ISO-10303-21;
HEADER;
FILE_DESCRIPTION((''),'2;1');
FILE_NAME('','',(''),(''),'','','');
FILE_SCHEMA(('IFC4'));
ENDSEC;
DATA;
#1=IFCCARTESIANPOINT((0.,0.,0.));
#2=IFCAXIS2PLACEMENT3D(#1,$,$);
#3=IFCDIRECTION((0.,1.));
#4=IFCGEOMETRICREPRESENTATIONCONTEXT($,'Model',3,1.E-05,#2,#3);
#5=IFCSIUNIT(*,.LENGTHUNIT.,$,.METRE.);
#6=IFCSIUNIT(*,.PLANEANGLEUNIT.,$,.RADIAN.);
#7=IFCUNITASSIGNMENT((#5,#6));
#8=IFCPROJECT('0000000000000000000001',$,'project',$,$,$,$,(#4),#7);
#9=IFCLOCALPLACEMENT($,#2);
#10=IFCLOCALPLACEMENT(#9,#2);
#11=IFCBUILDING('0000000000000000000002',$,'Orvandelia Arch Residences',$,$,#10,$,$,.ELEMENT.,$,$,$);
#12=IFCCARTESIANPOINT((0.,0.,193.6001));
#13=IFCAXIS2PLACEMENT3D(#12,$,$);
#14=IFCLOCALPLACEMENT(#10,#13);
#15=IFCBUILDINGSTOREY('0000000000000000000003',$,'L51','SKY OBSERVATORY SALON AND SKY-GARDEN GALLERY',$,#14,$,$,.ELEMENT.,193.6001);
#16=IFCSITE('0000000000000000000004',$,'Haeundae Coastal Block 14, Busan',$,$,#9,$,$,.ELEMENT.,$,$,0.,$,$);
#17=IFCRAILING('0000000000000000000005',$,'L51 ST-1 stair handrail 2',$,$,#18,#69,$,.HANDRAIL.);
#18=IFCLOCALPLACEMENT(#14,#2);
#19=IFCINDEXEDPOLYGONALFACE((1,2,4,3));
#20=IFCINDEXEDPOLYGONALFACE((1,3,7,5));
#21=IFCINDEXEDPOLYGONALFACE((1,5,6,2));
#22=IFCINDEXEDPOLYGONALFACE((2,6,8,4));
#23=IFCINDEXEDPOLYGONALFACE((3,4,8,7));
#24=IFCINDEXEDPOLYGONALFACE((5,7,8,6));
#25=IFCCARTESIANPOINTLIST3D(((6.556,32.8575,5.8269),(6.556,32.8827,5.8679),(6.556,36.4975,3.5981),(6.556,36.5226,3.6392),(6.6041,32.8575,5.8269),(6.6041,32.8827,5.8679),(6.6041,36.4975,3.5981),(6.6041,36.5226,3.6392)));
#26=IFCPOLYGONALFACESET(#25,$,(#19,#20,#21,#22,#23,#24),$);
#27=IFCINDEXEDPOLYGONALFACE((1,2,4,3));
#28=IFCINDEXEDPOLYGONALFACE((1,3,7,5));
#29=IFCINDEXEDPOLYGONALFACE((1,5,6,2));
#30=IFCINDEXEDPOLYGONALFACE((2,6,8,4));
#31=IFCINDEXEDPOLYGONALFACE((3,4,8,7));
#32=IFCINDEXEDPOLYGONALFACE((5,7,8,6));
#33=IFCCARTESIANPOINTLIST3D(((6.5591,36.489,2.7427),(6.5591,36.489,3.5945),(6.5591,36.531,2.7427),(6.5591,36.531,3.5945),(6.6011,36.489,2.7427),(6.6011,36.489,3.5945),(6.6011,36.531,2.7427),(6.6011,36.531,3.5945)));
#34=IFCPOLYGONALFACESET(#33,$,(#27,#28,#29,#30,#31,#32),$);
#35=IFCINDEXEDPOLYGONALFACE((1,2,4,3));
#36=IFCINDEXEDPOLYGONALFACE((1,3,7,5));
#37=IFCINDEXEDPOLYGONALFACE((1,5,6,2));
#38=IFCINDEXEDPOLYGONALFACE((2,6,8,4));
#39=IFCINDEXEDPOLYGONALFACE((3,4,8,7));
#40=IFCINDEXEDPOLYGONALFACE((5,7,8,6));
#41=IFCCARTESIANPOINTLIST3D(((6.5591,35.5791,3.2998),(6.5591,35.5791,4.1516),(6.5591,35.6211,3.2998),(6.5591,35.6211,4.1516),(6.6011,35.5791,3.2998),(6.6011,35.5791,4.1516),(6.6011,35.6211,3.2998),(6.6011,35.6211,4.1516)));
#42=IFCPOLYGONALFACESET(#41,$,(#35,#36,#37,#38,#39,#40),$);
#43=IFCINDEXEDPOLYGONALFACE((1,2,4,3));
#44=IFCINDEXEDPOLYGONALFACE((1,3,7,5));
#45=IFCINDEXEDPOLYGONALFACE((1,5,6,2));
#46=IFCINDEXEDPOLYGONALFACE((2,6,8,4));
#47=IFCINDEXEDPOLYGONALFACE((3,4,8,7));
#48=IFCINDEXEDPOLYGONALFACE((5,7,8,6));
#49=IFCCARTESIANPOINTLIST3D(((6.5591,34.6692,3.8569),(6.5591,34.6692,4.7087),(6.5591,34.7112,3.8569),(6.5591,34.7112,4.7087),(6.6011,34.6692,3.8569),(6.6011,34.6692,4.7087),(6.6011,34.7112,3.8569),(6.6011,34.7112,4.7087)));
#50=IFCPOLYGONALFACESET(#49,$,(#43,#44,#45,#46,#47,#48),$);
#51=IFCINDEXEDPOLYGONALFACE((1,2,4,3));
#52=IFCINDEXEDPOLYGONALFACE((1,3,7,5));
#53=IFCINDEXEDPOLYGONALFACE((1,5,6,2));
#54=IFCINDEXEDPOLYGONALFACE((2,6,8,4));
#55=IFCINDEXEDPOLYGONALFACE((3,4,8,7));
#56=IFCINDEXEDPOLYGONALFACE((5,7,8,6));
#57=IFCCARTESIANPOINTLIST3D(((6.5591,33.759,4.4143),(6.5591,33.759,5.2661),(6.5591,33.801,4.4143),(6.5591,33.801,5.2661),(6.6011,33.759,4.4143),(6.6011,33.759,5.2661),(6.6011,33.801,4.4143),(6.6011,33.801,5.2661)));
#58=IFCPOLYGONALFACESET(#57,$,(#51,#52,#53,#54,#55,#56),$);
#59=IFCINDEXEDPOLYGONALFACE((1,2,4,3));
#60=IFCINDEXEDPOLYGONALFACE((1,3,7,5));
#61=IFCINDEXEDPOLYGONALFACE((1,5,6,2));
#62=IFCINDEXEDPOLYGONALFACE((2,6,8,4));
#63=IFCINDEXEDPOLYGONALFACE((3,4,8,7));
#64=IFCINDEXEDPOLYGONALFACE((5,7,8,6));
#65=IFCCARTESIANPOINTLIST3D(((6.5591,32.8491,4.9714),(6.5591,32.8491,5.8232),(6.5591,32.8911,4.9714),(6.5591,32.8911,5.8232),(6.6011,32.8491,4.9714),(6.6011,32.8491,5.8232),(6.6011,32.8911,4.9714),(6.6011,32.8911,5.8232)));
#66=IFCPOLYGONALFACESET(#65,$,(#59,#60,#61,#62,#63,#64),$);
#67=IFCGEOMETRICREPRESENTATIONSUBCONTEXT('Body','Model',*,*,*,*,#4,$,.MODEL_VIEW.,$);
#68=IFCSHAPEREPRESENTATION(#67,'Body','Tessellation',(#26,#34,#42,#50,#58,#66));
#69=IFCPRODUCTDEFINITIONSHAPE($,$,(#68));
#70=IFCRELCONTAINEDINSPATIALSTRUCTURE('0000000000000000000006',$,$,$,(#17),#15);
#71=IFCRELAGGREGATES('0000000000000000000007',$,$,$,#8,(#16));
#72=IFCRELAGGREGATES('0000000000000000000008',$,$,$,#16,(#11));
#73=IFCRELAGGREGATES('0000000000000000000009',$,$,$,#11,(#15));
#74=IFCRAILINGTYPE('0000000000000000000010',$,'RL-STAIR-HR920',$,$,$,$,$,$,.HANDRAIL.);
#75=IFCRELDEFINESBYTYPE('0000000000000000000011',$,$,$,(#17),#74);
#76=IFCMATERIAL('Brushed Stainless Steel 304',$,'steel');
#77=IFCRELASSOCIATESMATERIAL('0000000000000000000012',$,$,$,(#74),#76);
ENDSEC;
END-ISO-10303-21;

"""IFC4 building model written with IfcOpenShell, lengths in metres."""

from ifc_helpers import new_model, si_unit, direction, frame, origin, origin_2d, place, context, subcontext, project, spatial, rectangle, extrude, material, type_object, element, save


model = new_model("IFC4")

# Units and contexts
model_context = context("Model", 3, precision=1e-05, world=origin(), true_north=direction((0.0, 1.0)))
body_context = subcontext(model_context, "Body", "Model", "MODEL_VIEW")
ifc_project = project(units=[si_unit("LENGTHUNIT", "METRE"), si_unit("PLANEANGLEUNIT", "RADIAN")], contexts=[model_context])

# Site, building, storey
site_placement = place(None, origin())
site = spatial("IfcSite", under=ifc_project, at=site_placement, Name="Haeundae Coastal Block 14, Busan", CompositionType="ELEMENT", RefElevation=0.0)
building_placement = place(site_placement, origin())
building = spatial("IfcBuilding", under=site, at=building_placement, Name="Orvandelia Arch Residences", CompositionType="ELEMENT")
storey_placement = place(building_placement, frame((0.0, 0.0, 193.6001)))
storey = spatial("IfcBuildingStorey", under=building, at=storey_placement, Name="L51", Description="SKY OBSERVATORY SALON AND SKY-GARDEN GALLERY", CompositionType="ELEMENT", Elevation=193.6001)

# Railing
ifc_material_1 = material(Name="Brushed Stainless Steel 304", Category="steel")
railing_type_1 = type_object("IfcRailingType", Name="RL-STAIR-HR920", PredefinedType="HANDRAIL", material=ifc_material_1)
railing_1_placement = place(storey_placement, frame((6.5801, 36.51, 2.7427)))
element("IfcRailing", 1, at=railing_1_placement, inside=storey, type_object=railing_type_1, Name="L51 ST-1 stair handrail 2", PredefinedType="HANDRAIL", context=body_context, shape_type="SweptSolid", body=[
    extrude(rectangle(XDim=0.0481, YDim=0.0481, at=origin_2d()), frame((0.0, 0.0, 0.876), z_axis=(0.0, -0.852825, 0.522197), x_axis=(1.0, 0.0, 0.0)), (0.0, 0.0, 1.0), 4.2681),
    extrude(rectangle(XDim=0.042, YDim=0.042, at=origin_2d()), origin(), (0.0, 0.0, 1.0), 0.8518),
    extrude(rectangle(XDim=0.042, YDim=0.042, at=origin_2d()), frame((0.0, -0.9099, 0.5571)), (0.0, 0.0, 1.0), 0.8518),
    extrude(rectangle(XDim=0.042, YDim=0.042, at=origin_2d()), frame((0.0, -1.8198, 1.1143)), (0.0, 0.0, 1.0), 0.8518),
    extrude(rectangle(XDim=0.042, YDim=0.042, at=origin_2d()), frame((0.0, -2.73, 1.6716)), (0.0, 0.0, 1.0), 0.8518),
    extrude(rectangle(XDim=0.042, YDim=0.042, at=origin_2d()), frame((0.0, -3.6399, 2.2288)), (0.0, 0.0, 1.0), 0.8518),
])

save(model, "model.ifc")
